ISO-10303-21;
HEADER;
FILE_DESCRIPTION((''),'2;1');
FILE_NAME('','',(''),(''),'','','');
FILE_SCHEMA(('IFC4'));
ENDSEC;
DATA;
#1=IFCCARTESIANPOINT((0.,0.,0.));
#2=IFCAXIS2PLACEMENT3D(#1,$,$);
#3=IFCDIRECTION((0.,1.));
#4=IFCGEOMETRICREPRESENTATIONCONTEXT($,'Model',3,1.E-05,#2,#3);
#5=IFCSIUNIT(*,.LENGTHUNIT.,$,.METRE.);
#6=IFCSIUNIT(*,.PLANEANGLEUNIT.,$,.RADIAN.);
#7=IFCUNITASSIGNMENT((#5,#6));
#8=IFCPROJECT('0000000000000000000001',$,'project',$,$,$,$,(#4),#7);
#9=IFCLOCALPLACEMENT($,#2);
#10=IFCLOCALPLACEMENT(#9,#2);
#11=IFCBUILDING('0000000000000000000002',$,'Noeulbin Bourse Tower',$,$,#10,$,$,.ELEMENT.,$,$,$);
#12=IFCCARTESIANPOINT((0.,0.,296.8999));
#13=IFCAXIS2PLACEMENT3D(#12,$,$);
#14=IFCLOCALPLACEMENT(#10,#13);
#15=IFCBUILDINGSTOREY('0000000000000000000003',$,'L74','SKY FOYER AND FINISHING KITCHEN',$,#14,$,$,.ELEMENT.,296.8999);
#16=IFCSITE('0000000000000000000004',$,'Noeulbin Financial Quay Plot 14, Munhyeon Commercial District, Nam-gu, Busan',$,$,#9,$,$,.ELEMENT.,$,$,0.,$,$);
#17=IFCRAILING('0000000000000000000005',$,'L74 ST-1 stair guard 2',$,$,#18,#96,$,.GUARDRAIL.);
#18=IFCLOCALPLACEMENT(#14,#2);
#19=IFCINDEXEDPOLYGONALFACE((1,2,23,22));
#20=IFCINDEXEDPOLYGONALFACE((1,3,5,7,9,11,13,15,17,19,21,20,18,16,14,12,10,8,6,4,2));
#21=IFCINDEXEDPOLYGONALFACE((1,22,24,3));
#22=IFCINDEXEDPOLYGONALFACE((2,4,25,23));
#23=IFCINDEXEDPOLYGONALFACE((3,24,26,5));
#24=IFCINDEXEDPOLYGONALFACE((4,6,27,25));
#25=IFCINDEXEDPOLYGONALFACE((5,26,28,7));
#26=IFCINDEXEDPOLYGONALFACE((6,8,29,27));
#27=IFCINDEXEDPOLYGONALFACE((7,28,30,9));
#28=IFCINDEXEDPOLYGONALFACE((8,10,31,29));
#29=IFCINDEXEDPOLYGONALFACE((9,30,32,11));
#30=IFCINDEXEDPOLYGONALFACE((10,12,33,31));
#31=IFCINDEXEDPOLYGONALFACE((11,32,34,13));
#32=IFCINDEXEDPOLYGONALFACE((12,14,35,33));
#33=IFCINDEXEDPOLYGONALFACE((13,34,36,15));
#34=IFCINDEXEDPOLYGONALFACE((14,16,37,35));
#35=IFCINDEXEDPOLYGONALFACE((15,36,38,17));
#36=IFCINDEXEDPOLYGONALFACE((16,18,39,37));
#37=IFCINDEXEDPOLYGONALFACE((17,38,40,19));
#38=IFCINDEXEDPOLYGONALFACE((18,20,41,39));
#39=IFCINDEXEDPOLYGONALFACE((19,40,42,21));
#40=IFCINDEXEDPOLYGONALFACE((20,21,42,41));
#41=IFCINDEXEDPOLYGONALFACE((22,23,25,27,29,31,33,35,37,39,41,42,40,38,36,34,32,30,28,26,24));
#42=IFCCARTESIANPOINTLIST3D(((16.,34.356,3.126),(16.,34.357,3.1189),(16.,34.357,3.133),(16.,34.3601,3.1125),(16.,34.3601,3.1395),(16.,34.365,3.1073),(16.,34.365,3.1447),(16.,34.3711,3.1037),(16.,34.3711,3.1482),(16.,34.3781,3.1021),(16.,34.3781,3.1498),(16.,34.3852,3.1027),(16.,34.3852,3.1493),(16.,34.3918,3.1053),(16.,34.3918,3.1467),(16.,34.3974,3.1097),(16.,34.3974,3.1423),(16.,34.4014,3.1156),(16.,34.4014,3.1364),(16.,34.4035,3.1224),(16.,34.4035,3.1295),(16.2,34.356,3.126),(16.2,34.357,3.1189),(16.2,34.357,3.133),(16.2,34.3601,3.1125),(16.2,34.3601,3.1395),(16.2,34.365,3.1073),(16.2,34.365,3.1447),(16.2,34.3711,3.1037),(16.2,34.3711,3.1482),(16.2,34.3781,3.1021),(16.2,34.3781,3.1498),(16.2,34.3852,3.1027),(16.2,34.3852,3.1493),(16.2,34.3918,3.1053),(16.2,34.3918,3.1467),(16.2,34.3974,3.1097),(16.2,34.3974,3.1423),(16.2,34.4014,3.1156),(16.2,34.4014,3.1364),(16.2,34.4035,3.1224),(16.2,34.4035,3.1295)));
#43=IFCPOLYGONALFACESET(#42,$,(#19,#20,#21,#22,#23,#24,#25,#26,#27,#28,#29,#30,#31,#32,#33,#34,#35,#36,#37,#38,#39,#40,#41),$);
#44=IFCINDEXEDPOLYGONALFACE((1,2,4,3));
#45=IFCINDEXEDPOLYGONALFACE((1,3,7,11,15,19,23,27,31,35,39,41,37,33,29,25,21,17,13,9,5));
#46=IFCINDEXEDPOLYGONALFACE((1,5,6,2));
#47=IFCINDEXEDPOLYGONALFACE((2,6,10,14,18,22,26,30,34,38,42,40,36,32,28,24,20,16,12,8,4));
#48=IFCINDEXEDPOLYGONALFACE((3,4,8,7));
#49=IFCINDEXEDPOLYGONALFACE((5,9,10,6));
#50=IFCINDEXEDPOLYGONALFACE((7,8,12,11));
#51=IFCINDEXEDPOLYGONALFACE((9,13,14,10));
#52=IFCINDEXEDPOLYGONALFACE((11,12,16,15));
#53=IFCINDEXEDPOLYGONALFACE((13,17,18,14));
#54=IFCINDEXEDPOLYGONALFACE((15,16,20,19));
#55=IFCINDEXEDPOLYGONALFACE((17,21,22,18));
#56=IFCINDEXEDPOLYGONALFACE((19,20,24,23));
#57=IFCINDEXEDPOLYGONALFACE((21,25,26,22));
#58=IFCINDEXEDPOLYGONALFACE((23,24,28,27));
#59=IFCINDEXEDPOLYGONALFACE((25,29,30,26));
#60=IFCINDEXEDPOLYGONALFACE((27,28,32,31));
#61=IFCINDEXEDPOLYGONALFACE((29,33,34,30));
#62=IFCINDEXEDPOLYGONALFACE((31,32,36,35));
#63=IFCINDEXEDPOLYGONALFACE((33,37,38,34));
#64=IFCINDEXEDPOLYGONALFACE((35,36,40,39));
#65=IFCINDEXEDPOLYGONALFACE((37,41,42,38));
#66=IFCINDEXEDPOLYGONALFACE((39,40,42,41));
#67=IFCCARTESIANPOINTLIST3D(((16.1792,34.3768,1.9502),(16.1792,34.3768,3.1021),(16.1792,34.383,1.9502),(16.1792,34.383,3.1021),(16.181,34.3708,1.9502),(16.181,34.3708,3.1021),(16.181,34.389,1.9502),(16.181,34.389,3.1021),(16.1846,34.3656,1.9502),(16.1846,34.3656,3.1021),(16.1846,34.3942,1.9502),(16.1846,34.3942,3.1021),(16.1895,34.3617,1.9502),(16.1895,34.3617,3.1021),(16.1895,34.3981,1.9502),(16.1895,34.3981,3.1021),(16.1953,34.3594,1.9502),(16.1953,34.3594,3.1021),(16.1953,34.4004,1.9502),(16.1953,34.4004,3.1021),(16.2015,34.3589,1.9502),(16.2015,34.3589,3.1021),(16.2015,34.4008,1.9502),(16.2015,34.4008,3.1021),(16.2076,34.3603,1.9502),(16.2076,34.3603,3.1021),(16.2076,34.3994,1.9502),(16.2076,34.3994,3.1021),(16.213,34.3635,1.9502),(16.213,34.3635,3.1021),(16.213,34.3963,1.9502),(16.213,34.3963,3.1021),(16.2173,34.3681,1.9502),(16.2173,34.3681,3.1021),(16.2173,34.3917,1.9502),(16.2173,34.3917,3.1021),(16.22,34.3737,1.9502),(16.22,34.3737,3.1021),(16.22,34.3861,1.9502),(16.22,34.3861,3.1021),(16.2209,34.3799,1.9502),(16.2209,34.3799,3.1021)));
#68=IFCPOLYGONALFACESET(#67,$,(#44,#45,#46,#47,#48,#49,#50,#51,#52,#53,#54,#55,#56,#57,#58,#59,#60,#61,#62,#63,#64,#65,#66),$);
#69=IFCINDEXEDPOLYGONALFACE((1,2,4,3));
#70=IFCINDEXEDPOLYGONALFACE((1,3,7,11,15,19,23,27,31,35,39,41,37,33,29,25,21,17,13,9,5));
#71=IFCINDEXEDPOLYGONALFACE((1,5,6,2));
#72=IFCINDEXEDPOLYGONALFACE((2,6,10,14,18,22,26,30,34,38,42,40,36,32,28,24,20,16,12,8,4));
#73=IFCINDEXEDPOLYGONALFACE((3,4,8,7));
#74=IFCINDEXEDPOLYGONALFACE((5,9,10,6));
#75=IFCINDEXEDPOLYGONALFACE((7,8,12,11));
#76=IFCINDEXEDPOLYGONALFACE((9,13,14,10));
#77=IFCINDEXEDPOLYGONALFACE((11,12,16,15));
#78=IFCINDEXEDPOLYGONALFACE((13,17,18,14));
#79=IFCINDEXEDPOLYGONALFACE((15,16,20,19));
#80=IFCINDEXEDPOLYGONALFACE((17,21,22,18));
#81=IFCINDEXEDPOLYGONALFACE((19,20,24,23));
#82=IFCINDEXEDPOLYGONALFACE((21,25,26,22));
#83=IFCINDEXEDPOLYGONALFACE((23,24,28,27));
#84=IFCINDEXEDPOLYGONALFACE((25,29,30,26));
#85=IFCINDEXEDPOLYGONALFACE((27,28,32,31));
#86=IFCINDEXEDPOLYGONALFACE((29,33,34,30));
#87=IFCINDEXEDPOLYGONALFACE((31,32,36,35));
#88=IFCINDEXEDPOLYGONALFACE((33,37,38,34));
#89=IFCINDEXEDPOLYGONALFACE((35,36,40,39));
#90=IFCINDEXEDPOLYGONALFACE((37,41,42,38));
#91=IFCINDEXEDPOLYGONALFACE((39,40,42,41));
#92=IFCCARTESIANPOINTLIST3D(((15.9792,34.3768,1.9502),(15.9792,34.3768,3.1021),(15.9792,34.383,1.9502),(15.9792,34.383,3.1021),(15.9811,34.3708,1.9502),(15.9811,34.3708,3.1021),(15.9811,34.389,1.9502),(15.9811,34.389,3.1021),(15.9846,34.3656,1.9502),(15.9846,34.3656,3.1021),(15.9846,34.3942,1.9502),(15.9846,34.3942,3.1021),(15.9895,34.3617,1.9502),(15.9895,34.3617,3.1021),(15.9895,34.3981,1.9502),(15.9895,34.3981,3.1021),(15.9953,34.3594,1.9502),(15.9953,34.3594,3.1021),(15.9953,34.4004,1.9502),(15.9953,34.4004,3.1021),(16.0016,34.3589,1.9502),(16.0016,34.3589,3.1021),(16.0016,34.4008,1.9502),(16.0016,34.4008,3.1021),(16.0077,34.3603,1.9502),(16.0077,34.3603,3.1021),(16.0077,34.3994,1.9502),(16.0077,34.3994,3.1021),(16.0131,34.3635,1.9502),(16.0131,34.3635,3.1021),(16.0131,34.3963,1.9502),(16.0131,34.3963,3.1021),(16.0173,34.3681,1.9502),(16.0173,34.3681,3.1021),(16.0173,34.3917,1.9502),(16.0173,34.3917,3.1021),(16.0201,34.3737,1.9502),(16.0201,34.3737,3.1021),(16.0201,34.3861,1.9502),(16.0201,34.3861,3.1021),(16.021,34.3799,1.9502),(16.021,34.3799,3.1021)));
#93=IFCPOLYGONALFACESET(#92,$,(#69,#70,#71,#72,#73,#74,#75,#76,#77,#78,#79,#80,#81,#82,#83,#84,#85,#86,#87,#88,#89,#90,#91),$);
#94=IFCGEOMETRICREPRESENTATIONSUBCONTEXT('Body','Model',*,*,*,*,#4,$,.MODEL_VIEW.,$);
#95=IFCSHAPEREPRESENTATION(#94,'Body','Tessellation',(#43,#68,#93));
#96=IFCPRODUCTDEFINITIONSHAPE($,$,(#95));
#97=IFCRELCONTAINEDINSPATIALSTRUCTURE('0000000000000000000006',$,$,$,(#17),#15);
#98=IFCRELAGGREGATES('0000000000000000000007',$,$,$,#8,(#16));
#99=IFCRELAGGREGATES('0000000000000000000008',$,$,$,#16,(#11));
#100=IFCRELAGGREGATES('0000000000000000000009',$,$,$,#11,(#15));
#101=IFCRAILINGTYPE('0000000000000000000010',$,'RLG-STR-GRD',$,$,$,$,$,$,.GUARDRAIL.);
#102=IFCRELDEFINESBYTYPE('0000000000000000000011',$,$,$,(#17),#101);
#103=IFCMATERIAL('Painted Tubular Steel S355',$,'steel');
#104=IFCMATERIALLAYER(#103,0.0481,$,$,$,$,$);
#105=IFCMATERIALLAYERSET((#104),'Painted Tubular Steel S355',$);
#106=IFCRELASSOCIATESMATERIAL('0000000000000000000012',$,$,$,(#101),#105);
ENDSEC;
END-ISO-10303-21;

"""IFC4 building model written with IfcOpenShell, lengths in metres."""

from ifc_helpers import new_model, si_unit, direction, frame, origin, origin_2d, place, context, subcontext, project, spatial, circle, extrude, material, layer, layer_set, type_object, element, save


model = new_model("IFC4")

# Units and contexts
model_context = context("Model", 3, precision=1e-05, world=origin(), true_north=direction((0.0, 1.0)))
body_context = subcontext(model_context, "Body", "Model", "MODEL_VIEW")
ifc_project = project(units=[si_unit("LENGTHUNIT", "METRE"), si_unit("PLANEANGLEUNIT", "RADIAN")], contexts=[model_context])

# Site, building, storey
site_placement = place(None, origin())
site = spatial("IfcSite", under=ifc_project, at=site_placement, Name="Noeulbin Financial Quay Plot 14, Munhyeon Commercial District, Nam-gu, Busan", CompositionType="ELEMENT", RefElevation=0.0)
building_placement = place(site_placement, origin())
building = spatial("IfcBuilding", under=site, at=building_placement, Name="Noeulbin Bourse Tower", CompositionType="ELEMENT")
storey_placement = place(building_placement, frame((0.0, 0.0, 296.8999)))
storey = spatial("IfcBuildingStorey", under=building, at=storey_placement, Name="L74", Description="SKY FOYER AND FINISHING KITCHEN", CompositionType="ELEMENT", Elevation=296.8999)

# Railing
ifc_material_1 = material(Name="Painted Tubular Steel S355", Category="steel")
ifc_layer_1 = layer(ifc_material_1, 0.0481)
ifc_layer_set_1 = layer_set([ifc_layer_1], Name="Painted Tubular Steel S355")
railing_type_1 = type_object("IfcRailingType", Name="RLG-STR-GRD", PredefinedType="GUARDRAIL", material=ifc_layer_set_1)
railing_1_placement = place(storey_placement, frame((16.2, 34.3799, 1.9502)))
element("IfcRailing", 1, at=railing_1_placement, inside=storey, type_object=railing_type_1, Name="L74 ST-1 stair guard 2", PredefinedType="GUARDRAIL", context=body_context, shape_type="SweptSolid", body=[
    extrude(circle(Radius=0.0239, at=origin_2d()), frame((0.0, 0.0, 1.1758), z_axis=(-1.0, 0.0, 0.0), x_axis=(0.0, -1.0, 0.0)), (0.0, 0.0, 1.0), 0.2),
    extrude(circle(Radius=0.021, at=origin_2d()), origin(), (0.0, 0.0, 1.0), 1.1519),
    extrude(circle(Radius=0.021, at=origin_2d()), frame((-0.2, 0.0, 0.0)), (0.0, 0.0, 1.0), 1.1519),
])

save(model, "model.ifc")
